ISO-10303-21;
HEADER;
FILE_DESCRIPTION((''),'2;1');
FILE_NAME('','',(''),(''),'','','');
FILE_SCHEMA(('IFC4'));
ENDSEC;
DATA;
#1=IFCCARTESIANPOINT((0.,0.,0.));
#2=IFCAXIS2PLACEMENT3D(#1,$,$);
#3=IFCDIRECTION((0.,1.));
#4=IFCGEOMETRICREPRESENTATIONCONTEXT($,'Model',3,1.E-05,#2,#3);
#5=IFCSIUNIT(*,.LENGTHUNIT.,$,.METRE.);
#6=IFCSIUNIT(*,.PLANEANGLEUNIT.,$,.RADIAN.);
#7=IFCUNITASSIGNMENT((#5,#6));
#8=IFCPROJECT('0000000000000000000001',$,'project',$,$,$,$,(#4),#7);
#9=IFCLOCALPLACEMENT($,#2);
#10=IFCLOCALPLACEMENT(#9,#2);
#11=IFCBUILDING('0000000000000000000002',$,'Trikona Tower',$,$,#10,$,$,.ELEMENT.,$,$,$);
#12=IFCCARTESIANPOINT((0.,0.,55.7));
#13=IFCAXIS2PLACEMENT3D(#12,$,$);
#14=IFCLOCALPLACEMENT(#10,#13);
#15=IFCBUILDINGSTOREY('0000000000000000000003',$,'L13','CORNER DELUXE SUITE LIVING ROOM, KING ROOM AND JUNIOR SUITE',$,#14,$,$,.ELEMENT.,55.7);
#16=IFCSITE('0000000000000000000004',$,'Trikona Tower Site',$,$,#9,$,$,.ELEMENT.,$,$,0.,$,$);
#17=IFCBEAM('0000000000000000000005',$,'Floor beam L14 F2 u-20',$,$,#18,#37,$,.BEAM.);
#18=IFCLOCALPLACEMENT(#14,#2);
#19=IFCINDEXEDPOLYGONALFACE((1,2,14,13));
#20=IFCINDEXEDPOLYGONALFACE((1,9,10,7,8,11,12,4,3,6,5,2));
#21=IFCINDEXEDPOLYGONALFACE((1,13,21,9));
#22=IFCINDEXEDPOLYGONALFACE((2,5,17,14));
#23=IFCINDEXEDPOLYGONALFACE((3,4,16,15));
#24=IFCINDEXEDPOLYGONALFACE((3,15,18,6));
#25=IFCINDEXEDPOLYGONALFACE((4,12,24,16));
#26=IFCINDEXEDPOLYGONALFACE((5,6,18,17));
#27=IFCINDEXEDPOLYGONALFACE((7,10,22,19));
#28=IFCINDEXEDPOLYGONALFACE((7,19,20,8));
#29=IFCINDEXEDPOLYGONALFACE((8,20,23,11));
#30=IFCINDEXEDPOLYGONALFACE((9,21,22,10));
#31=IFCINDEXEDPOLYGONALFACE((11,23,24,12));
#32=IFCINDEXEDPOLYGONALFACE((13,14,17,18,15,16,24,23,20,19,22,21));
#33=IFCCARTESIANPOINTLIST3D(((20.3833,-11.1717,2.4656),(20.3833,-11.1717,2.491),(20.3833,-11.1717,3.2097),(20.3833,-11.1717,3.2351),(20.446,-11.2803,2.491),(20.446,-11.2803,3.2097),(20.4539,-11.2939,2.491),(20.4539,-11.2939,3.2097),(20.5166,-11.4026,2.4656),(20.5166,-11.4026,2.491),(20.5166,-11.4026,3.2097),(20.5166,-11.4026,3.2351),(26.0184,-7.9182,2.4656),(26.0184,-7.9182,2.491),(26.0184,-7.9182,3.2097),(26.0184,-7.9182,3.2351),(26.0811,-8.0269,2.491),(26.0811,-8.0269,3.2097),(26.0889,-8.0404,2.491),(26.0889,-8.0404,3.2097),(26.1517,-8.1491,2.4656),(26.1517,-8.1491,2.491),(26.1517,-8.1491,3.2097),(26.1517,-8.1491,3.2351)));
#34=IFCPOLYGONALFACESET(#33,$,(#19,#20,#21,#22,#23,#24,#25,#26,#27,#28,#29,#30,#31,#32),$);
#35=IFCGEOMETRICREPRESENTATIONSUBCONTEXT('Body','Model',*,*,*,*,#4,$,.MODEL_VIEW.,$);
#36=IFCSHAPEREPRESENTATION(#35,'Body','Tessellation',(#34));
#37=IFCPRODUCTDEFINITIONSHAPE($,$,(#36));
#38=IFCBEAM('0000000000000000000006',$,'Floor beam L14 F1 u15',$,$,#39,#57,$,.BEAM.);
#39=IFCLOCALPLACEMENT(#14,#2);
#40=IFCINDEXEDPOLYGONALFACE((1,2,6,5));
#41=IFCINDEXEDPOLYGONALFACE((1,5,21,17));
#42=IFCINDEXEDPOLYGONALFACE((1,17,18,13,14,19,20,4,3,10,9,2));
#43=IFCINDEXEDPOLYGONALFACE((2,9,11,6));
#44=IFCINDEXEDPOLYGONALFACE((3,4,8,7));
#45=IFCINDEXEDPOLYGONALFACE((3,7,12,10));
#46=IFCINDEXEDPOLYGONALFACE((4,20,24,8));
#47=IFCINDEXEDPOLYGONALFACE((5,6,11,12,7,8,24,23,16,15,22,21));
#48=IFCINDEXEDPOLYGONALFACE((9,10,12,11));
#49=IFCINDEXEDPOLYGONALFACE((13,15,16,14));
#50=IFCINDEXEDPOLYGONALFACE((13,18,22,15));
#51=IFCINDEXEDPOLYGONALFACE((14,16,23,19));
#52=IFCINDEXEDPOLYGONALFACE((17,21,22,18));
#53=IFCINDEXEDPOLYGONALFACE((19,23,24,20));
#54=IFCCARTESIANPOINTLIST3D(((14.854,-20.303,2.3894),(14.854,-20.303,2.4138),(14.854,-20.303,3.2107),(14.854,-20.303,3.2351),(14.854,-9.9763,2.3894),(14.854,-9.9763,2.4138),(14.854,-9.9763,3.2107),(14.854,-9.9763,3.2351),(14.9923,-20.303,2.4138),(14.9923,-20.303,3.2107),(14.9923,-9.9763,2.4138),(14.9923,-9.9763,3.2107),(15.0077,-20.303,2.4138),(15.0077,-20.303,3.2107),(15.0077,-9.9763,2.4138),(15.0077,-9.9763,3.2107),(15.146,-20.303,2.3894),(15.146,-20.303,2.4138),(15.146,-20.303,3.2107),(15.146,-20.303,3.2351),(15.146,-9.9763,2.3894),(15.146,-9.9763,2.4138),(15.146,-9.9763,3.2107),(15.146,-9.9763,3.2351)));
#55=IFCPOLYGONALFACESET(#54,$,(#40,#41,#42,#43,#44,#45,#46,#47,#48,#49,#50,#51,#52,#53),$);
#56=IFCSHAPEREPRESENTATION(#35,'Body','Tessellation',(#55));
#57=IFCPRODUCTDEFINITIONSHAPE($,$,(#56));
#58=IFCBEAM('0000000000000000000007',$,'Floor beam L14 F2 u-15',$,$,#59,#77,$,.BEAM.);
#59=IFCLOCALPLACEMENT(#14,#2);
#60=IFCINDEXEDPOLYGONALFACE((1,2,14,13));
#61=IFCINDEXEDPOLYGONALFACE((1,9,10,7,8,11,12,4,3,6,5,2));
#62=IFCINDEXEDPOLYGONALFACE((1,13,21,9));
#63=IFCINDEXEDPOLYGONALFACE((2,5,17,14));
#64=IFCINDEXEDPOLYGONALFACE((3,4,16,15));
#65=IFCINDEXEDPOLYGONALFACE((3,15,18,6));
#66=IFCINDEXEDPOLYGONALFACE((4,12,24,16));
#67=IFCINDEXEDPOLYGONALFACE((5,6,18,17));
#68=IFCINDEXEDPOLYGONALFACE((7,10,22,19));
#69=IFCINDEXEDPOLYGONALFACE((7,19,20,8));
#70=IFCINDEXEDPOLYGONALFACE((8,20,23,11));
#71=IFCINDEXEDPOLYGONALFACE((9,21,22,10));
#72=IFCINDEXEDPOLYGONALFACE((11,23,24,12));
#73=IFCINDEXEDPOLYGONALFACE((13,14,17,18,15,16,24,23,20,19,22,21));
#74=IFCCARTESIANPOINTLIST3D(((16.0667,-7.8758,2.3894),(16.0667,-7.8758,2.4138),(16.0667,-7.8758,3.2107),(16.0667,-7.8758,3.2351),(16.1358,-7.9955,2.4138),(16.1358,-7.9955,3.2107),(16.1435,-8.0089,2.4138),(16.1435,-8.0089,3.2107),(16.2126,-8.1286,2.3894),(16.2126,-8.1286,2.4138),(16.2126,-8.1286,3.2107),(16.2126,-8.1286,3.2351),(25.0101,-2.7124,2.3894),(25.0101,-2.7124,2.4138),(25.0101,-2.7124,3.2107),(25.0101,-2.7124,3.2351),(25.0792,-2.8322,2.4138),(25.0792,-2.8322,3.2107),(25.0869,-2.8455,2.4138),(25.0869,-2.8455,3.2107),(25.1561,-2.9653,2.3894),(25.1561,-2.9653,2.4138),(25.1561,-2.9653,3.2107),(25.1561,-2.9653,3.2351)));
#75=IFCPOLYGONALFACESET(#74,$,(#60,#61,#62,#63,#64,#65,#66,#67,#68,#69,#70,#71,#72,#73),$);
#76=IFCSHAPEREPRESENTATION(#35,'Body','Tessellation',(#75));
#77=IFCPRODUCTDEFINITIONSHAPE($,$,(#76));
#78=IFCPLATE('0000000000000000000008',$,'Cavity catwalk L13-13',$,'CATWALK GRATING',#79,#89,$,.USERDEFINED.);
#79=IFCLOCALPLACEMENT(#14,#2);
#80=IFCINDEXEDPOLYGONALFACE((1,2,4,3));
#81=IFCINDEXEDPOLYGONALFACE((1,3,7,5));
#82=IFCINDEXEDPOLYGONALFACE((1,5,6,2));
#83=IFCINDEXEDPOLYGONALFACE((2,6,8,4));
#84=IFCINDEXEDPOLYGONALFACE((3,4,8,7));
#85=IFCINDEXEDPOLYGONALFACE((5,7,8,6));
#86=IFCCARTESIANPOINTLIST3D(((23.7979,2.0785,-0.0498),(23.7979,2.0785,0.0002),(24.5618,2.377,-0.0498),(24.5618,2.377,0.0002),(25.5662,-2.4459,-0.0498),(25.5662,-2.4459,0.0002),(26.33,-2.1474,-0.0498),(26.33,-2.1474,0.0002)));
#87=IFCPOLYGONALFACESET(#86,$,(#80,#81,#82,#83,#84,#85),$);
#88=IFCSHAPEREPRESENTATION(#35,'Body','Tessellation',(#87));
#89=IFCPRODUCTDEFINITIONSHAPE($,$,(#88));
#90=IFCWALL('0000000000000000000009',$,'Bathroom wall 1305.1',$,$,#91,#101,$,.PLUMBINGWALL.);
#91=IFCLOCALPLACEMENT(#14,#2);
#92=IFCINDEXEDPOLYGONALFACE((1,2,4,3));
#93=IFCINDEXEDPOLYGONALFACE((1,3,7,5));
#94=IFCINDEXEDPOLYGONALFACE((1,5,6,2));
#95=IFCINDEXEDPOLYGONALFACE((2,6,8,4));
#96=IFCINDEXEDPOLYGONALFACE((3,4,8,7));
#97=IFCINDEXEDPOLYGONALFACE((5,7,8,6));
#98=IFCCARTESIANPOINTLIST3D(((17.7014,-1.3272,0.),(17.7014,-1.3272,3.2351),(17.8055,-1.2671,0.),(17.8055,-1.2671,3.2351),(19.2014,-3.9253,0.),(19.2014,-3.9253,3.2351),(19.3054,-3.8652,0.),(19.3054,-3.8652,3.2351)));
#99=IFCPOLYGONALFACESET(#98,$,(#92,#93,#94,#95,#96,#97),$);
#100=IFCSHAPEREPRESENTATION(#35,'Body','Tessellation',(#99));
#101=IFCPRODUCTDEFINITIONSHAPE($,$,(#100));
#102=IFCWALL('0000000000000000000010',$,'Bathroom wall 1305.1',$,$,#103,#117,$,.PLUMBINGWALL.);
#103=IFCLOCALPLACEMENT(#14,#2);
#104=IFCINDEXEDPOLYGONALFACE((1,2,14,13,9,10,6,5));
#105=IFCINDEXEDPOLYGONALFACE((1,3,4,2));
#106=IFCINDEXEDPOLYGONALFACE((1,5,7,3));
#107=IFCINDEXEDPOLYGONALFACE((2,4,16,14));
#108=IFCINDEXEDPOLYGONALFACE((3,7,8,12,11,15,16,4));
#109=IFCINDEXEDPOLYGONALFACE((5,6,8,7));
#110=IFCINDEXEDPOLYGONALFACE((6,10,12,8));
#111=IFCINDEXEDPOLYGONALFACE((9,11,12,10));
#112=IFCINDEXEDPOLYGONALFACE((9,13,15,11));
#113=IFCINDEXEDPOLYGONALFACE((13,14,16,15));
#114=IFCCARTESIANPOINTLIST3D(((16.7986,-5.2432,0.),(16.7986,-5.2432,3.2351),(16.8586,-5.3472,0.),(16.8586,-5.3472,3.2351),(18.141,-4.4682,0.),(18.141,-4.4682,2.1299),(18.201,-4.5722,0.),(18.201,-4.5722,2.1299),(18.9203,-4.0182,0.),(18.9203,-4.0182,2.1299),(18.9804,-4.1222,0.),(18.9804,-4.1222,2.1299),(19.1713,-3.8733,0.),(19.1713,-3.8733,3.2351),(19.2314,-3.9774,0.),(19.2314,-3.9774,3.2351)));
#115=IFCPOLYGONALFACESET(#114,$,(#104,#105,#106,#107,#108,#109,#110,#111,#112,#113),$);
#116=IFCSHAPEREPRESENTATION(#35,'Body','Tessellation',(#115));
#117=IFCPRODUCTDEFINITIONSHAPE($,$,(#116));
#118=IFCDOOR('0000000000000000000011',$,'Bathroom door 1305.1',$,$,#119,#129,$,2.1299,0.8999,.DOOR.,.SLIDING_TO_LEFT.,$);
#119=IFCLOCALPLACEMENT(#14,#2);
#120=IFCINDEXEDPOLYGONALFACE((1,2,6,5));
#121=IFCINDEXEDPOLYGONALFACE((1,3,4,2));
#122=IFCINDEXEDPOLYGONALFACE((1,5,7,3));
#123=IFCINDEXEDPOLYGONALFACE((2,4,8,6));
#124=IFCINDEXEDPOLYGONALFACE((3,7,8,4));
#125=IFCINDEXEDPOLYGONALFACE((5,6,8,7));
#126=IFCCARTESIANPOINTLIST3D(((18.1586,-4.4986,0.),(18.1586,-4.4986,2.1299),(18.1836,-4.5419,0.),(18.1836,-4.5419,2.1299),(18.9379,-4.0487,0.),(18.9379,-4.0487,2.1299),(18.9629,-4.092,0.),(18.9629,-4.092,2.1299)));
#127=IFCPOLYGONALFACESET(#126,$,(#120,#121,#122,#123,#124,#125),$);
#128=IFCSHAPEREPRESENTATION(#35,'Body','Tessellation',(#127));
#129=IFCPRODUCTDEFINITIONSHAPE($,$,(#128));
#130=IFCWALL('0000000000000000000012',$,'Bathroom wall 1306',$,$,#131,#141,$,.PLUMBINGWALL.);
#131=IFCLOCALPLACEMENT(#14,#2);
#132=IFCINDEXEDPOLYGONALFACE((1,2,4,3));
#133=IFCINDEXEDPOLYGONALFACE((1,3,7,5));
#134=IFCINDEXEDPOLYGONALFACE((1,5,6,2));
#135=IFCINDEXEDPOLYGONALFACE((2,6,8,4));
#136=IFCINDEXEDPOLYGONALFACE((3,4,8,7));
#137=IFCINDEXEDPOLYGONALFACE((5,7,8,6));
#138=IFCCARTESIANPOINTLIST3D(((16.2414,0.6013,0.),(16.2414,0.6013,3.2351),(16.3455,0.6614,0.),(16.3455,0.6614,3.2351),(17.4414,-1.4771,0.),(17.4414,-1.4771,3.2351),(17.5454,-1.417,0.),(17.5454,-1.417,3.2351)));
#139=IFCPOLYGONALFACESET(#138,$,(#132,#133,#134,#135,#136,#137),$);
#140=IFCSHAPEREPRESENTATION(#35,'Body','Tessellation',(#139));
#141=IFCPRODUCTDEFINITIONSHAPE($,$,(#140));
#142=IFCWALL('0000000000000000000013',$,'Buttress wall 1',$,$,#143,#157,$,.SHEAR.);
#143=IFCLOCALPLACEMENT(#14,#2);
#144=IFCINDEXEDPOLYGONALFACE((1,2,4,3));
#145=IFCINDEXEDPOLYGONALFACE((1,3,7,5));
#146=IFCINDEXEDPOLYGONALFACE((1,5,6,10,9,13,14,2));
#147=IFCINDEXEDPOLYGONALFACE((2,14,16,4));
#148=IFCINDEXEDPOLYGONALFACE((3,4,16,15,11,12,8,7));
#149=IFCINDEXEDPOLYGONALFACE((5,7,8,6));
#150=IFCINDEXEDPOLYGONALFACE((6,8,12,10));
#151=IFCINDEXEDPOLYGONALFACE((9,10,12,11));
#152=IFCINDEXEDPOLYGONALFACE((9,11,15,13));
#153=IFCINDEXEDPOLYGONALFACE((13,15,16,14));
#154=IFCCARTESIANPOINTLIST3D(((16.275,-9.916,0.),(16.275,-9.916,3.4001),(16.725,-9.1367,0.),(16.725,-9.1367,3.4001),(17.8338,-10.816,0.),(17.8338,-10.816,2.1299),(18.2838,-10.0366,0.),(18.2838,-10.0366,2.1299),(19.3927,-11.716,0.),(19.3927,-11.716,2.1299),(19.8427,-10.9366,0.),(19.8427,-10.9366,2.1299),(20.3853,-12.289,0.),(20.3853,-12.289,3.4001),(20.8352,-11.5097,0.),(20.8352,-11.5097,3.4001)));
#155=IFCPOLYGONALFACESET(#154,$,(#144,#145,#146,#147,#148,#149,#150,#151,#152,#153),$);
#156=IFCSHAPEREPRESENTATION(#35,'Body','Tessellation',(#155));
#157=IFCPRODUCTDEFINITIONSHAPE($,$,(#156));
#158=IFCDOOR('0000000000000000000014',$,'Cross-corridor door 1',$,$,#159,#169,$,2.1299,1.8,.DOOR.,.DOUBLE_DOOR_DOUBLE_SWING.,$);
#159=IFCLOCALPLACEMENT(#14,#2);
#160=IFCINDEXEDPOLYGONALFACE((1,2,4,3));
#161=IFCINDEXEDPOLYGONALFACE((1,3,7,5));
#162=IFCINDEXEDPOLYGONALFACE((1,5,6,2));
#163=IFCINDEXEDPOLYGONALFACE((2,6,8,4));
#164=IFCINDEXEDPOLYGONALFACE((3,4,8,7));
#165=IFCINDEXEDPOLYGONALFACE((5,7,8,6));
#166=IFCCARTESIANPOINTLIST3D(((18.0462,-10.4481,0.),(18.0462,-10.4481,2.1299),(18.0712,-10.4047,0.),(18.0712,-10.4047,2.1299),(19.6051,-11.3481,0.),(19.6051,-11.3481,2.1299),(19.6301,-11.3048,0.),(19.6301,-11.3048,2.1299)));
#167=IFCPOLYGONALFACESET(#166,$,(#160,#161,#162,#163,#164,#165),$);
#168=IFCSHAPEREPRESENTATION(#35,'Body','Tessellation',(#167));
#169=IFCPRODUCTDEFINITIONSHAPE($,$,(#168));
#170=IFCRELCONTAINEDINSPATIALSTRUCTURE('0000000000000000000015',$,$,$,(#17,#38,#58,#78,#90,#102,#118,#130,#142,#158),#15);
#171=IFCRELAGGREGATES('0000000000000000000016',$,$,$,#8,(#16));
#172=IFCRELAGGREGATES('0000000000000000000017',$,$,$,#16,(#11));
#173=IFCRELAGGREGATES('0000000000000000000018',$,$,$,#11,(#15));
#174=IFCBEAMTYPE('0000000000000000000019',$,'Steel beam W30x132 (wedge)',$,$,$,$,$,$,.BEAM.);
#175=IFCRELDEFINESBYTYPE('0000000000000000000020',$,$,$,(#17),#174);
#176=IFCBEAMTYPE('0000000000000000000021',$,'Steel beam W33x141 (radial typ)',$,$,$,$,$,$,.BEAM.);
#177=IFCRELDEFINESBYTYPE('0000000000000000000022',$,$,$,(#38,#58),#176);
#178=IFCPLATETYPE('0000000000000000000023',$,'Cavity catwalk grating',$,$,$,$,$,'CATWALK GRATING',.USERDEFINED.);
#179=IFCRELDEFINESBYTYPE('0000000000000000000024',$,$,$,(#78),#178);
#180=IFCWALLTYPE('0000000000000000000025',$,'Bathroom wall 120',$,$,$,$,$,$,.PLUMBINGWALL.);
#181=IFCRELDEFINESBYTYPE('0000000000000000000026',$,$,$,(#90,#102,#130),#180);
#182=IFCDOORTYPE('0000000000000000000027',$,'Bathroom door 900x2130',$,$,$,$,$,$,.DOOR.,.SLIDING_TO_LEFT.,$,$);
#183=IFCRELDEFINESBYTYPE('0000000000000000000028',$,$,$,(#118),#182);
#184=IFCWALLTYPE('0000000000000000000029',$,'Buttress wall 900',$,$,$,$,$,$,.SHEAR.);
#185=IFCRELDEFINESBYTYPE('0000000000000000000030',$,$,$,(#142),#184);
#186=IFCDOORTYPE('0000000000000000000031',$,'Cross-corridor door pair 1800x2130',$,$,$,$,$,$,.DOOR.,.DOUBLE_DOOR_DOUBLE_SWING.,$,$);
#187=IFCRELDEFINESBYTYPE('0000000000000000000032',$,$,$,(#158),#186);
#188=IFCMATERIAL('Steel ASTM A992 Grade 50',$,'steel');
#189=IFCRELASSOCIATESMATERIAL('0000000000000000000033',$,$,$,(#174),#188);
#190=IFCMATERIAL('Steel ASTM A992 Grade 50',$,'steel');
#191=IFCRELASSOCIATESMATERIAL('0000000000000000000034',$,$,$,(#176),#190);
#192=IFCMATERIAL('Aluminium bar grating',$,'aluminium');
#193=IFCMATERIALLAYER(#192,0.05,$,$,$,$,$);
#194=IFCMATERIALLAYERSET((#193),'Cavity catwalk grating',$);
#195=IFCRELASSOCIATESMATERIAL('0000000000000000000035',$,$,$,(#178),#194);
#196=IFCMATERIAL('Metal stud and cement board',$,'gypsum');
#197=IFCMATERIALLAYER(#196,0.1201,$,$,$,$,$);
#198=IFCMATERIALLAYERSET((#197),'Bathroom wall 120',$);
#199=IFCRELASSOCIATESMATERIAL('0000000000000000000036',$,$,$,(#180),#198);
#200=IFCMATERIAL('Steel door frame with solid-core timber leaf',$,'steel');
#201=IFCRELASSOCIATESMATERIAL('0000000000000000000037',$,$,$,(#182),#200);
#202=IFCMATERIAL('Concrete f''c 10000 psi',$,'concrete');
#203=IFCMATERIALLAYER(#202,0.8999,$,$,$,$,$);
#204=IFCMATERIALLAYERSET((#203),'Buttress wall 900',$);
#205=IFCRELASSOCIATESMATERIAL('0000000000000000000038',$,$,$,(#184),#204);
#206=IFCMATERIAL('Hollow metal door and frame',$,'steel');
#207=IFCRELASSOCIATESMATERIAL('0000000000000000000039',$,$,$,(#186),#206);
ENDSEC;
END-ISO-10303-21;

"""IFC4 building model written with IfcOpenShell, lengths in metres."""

from ifc_helpers import new_model, si_unit, direction, frame, frame_2d, origin, origin_2d, place, context, subcontext, project, spatial, rectangle, i_section, extrude, material, layer, layer_set, material_profile, profile_set, type_object, element, fill, save


model = new_model("IFC4")

# Units and contexts
model_context = context("Model", 3, precision=1e-05, world=origin(), true_north=direction((0.0, 1.0)))
body_context = subcontext(model_context, "Body", "Model", "MODEL_VIEW")
ifc_project = project(units=[si_unit("LENGTHUNIT", "METRE"), si_unit("PLANEANGLEUNIT", "RADIAN")], contexts=[model_context])

# Site, building, storey
site_placement = place(None, origin())
site = spatial("IfcSite", under=ifc_project, at=site_placement, Name="Trikona Tower Site", CompositionType="ELEMENT", RefElevation=0.0)
building_placement = place(site_placement, origin())
building = spatial("IfcBuilding", under=site, at=building_placement, Name="Trikona Tower", CompositionType="ELEMENT")
storey_placement = place(building_placement, frame((0.0, 0.0, 55.7)))
storey = spatial("IfcBuildingStorey", under=building, at=storey_placement, Name="L13", Description="CORNER DELUXE SUITE LIVING ROOM, KING ROOM AND JUNIOR SUITE", CompositionType="ELEMENT", Elevation=55.7)

# Beams
ifc_material_1 = material(Name="Steel ASTM A992 Grade 50", Category="steel")
ifc_material_profile_1 = material_profile(ifc_material_1, i_section(OverallWidth=0.2666, OverallDepth=0.7695, WebThickness=0.0156, FlangeThickness=0.0254, at=origin_2d()), Name="W30X132")
ifc_profile_set_1 = profile_set([ifc_material_profile_1], Name="Steel ASTM A992 Grade 50")
beam_type_1 = type_object("IfcBeamType", Name="Steel beam W30x132 (wedge)", PredefinedType="BEAM", material=ifc_profile_set_1)
beam_1_placement = place(storey_placement, frame((20.45, -11.2871, 2.8503), z_axis=(0.866023, 0.500005, 0.0), x_axis=(-0.500005, 0.866023, 0.0)))
element("IfcBeam", 1, at=beam_1_placement, inside=storey, type_object=beam_type_1, Name="Floor beam L14 F2 u-20", PredefinedType="BEAM", context=body_context, shape_type="SweptSolid", body=[
    extrude(i_section(OverallWidth=0.2666, OverallDepth=0.7695, WebThickness=0.0156, FlangeThickness=0.0254, at=origin_2d()), origin(), (0.0, 0.0, 1.0), 6.5068),
])
ifc_material_2 = material(Name="Steel ASTM A992 Grade 50", Category="steel")
ifc_material_profile_2 = material_profile(ifc_material_2, i_section(OverallWidth=0.292, OverallDepth=0.8457, WebThickness=0.0154, FlangeThickness=0.0244, at=origin_2d()), Name="W33X141")
ifc_profile_set_2 = profile_set([ifc_material_profile_2], Name="Steel ASTM A992 Grade 50")
beam_type_2 = type_object("IfcBeamType", Name="Steel beam W33x141 (radial typ)", PredefinedType="BEAM", material=ifc_profile_set_2)
beam_2_placement = place(storey_placement, frame((15.0, -9.9763, 2.8123), z_axis=(0.0, -1.0, 0.0), x_axis=(1.0, 0.0, 0.0)))
element("IfcBeam", 2, at=beam_2_placement, inside=storey, type_object=beam_type_2, Name="Floor beam L14 F1 u15", PredefinedType="BEAM", context=body_context, shape_type="SweptSolid", body=[
    extrude(i_section(OverallWidth=0.292, OverallDepth=0.8457, WebThickness=0.0154, FlangeThickness=0.0244, at=origin_2d()), origin(), (0.0, 0.0, 1.0), 10.3267),
])
beam_3_placement = place(storey_placement, frame((16.1396, -8.0022, 2.8123), z_axis=(0.86603, 0.499991, 0.0), x_axis=(-0.499991, 0.86603, 0.0)))
element("IfcBeam", 3, at=beam_3_placement, inside=storey, type_object=beam_type_2, Name="Floor beam L14 F2 u-15", PredefinedType="BEAM", context=body_context, shape_type="SweptSolid", body=[
    extrude(i_section(OverallWidth=0.292, OverallDepth=0.8457, WebThickness=0.0154, FlangeThickness=0.0244, at=origin_2d()), origin(), (0.0, 0.0, 1.0), 10.3269),
])

# Plate
ifc_material_3 = material(Name="Aluminium bar grating", Category="aluminium")
ifc_layer_1 = layer(ifc_material_3, 0.05)
ifc_layer_set_1 = layer_set([ifc_layer_1], Name="Cavity catwalk grating")
plate_type = type_object("IfcPlateType", Name="Cavity catwalk grating", ElementType="CATWALK GRATING", PredefinedType="USERDEFINED", material=ifc_layer_set_1)
plate_placement = place(storey_placement, frame((25.064, -0.0344, -0.0498), z_axis=(0.0, 0.0, 1.0), x_axis=(-0.364009, 0.931395, 0.0)))
element("IfcPlate", 4, at=plate_placement, inside=storey, type_object=plate_type, Name="Cavity catwalk L13-13", ObjectType="CATWALK GRATING", PredefinedType="USERDEFINED", context=body_context, shape_type="SweptSolid", body=[
    extrude(rectangle(XDim=4.8577, YDim=0.8201, at=origin_2d()), origin(), (0.0, 0.0, 1.0), 0.05),
])

# Wall
ifc_material_4 = material(Name="Metal stud and cement board", Category="gypsum")
ifc_layer_2 = layer(ifc_material_4, 0.1201)
ifc_layer_set_2 = layer_set([ifc_layer_2], Name="Bathroom wall 120")
wall_type_1 = type_object("IfcWallType", Name="Bathroom wall 120", PredefinedType="PLUMBINGWALL", material=ifc_layer_set_2)
wall_1_placement = place(storey_placement, frame((19.2534, -3.8953, 0.0), z_axis=(0.0, 0.0, 1.0), x_axis=(-0.49999, 0.866031, 0.0)))
element("IfcWall", 5, at=wall_1_placement, inside=storey, type_object=wall_type_1, Name="Bathroom wall 1305.1", PredefinedType="PLUMBINGWALL", context=body_context, shape_type="SweptSolid", body=[
    extrude(rectangle(XDim=3.0, YDim=0.1201, at=frame_2d((1.5, 0.0))), origin(), (0.0, 0.0, 1.0), 3.2351),
])

# Wall, opening, door
wall_2_placement = place(storey_placement, frame((16.8286, -5.2952, 0.0), z_axis=(0.0, 0.0, 1.0), x_axis=(0.866036, 0.499982, 0.0)))
wall_2 = element("IfcWall", 6, at=wall_2_placement, inside=storey, type_object=wall_type_1, Name="Bathroom wall 1305.1", PredefinedType="PLUMBINGWALL", context=body_context, shape_type="SweptSolid", body=[
    extrude(rectangle(XDim=2.7397, YDim=0.1201, at=frame_2d((1.3699, 0.0))), origin(), (0.0, 0.0, 1.0), 3.2351),
])
opening_1_placement = place(wall_2_placement, frame((1.55, 0.0, 0.0)))
opening_1 = element("IfcOpeningElement", 7, at=opening_1_placement, cuts=wall_2, PredefinedType="OPENING", context=body_context, shape_type="SweptSolid", body=[
    extrude(rectangle(XDim=0.8999, YDim=2.1299, at=frame_2d((0.45, 1.0649))), frame((0.0, 0.0701, 0.0), z_axis=(0.0, -1.0, 0.0), x_axis=(1.0, 0.0, 0.0)), (0.0, 0.0, 1.0), 0.1401),
])
ifc_material_5 = material(Name="Steel door frame with solid-core timber leaf", Category="steel")
door_type_1 = type_object("IfcDoorType", Name="Bathroom door 900x2130", OperationType="SLIDING_TO_LEFT", PredefinedType="DOOR", material=ifc_material_5)
door_1_placement = place(opening_1_placement, origin())
door_1 = element("IfcDoor", 8, at=door_1_placement, inside=storey, type_object=door_type_1, Name="Bathroom door 1305.1", OperationType="SLIDING_TO_LEFT", OverallHeight=2.1299, OverallWidth=0.8999, PredefinedType="DOOR", context=body_context, shape_type="SweptSolid", body=[
    extrude(rectangle(XDim=0.8999, YDim=2.1299, at=frame_2d((0.45, 1.0649))), frame((0.0, 0.0249, 0.0), z_axis=(0.0, -1.0, 0.0), x_axis=(1.0, 0.0, 0.0)), (0.0, 0.0, 1.0), 0.05),
])
fill(opening_1, door_1)

# Wall
wall_3_placement = place(storey_placement, frame((17.4934, -1.447, 0.0), z_axis=(0.0, 0.0, 1.0), x_axis=(-0.500001, 0.866025, 0.0)))
element("IfcWall", 9, at=wall_3_placement, inside=storey, type_object=wall_type_1, Name="Bathroom wall 1306", PredefinedType="PLUMBINGWALL", context=body_context, shape_type="SweptSolid", body=[
    extrude(rectangle(XDim=2.3999, YDim=0.1201, at=frame_2d((1.2, 0.0))), origin(), (0.0, 0.0, 1.0), 3.2351),
])

# Wall, opening, door
ifc_material_6 = material(Name="Concrete f'c 10000 psi", Category="concrete")
ifc_layer_3 = layer(ifc_material_6, 0.8999)
ifc_layer_set_3 = layer_set([ifc_layer_3], Name="Buttress wall 900")
wall_type_2 = type_object("IfcWallType", Name="Buttress wall 900", PredefinedType="SHEAR", material=ifc_layer_set_3)
wall_4_placement = place(storey_placement, frame((16.5, -9.5264, 0.0), z_axis=(0.0, 0.0, 1.0), x_axis=(0.866031, -0.49999, 0.0)))
wall_4 = element("IfcWall", 10, at=wall_4_placement, inside=storey, type_object=wall_type_2, Name="Buttress wall 1", PredefinedType="SHEAR", context=body_context, shape_type="SweptSolid", body=[
    extrude(rectangle(XDim=4.7461, YDim=0.8999, at=frame_2d((2.373, 0.0))), origin(), (0.0, 0.0, 1.0), 3.4001),
])
opening_2_placement = place(wall_4_placement, frame((1.8, 0.0, 0.0)))
opening_2 = element("IfcOpeningElement", 11, at=opening_2_placement, cuts=wall_4, PredefinedType="OPENING", context=body_context, shape_type="SweptSolid", body=[
    extrude(rectangle(XDim=1.8, YDim=2.1299, at=frame_2d((0.8999, 1.0649))), frame((0.0, 0.46, 0.0), z_axis=(0.0, -1.0, 0.0), x_axis=(1.0, 0.0, 0.0)), (0.0, 0.0, 1.0), 0.9199),
])
ifc_material_7 = material(Name="Hollow metal door and frame", Category="steel")
door_type_2 = type_object("IfcDoorType", Name="Cross-corridor door pair 1800x2130", OperationType="DOUBLE_DOOR_DOUBLE_SWING", PredefinedType="DOOR", material=ifc_material_7)
door_2_placement = place(opening_2_placement, origin())
door_2 = element("IfcDoor", 12, at=door_2_placement, inside=storey, type_object=door_type_2, Name="Cross-corridor door 1", OperationType="DOUBLE_DOOR_DOUBLE_SWING", OverallHeight=2.1299, OverallWidth=1.8, PredefinedType="DOOR", context=body_context, shape_type="SweptSolid", body=[
    extrude(rectangle(XDim=1.8, YDim=2.1299, at=frame_2d((0.8999, 1.0649))), frame((0.0, 0.0249, 0.0), z_axis=(0.0, -1.0, 0.0), x_axis=(1.0, 0.0, 0.0)), (0.0, 0.0, 1.0), 0.05),
])
fill(opening_2, door_2)

save(model, "model.ifc")
